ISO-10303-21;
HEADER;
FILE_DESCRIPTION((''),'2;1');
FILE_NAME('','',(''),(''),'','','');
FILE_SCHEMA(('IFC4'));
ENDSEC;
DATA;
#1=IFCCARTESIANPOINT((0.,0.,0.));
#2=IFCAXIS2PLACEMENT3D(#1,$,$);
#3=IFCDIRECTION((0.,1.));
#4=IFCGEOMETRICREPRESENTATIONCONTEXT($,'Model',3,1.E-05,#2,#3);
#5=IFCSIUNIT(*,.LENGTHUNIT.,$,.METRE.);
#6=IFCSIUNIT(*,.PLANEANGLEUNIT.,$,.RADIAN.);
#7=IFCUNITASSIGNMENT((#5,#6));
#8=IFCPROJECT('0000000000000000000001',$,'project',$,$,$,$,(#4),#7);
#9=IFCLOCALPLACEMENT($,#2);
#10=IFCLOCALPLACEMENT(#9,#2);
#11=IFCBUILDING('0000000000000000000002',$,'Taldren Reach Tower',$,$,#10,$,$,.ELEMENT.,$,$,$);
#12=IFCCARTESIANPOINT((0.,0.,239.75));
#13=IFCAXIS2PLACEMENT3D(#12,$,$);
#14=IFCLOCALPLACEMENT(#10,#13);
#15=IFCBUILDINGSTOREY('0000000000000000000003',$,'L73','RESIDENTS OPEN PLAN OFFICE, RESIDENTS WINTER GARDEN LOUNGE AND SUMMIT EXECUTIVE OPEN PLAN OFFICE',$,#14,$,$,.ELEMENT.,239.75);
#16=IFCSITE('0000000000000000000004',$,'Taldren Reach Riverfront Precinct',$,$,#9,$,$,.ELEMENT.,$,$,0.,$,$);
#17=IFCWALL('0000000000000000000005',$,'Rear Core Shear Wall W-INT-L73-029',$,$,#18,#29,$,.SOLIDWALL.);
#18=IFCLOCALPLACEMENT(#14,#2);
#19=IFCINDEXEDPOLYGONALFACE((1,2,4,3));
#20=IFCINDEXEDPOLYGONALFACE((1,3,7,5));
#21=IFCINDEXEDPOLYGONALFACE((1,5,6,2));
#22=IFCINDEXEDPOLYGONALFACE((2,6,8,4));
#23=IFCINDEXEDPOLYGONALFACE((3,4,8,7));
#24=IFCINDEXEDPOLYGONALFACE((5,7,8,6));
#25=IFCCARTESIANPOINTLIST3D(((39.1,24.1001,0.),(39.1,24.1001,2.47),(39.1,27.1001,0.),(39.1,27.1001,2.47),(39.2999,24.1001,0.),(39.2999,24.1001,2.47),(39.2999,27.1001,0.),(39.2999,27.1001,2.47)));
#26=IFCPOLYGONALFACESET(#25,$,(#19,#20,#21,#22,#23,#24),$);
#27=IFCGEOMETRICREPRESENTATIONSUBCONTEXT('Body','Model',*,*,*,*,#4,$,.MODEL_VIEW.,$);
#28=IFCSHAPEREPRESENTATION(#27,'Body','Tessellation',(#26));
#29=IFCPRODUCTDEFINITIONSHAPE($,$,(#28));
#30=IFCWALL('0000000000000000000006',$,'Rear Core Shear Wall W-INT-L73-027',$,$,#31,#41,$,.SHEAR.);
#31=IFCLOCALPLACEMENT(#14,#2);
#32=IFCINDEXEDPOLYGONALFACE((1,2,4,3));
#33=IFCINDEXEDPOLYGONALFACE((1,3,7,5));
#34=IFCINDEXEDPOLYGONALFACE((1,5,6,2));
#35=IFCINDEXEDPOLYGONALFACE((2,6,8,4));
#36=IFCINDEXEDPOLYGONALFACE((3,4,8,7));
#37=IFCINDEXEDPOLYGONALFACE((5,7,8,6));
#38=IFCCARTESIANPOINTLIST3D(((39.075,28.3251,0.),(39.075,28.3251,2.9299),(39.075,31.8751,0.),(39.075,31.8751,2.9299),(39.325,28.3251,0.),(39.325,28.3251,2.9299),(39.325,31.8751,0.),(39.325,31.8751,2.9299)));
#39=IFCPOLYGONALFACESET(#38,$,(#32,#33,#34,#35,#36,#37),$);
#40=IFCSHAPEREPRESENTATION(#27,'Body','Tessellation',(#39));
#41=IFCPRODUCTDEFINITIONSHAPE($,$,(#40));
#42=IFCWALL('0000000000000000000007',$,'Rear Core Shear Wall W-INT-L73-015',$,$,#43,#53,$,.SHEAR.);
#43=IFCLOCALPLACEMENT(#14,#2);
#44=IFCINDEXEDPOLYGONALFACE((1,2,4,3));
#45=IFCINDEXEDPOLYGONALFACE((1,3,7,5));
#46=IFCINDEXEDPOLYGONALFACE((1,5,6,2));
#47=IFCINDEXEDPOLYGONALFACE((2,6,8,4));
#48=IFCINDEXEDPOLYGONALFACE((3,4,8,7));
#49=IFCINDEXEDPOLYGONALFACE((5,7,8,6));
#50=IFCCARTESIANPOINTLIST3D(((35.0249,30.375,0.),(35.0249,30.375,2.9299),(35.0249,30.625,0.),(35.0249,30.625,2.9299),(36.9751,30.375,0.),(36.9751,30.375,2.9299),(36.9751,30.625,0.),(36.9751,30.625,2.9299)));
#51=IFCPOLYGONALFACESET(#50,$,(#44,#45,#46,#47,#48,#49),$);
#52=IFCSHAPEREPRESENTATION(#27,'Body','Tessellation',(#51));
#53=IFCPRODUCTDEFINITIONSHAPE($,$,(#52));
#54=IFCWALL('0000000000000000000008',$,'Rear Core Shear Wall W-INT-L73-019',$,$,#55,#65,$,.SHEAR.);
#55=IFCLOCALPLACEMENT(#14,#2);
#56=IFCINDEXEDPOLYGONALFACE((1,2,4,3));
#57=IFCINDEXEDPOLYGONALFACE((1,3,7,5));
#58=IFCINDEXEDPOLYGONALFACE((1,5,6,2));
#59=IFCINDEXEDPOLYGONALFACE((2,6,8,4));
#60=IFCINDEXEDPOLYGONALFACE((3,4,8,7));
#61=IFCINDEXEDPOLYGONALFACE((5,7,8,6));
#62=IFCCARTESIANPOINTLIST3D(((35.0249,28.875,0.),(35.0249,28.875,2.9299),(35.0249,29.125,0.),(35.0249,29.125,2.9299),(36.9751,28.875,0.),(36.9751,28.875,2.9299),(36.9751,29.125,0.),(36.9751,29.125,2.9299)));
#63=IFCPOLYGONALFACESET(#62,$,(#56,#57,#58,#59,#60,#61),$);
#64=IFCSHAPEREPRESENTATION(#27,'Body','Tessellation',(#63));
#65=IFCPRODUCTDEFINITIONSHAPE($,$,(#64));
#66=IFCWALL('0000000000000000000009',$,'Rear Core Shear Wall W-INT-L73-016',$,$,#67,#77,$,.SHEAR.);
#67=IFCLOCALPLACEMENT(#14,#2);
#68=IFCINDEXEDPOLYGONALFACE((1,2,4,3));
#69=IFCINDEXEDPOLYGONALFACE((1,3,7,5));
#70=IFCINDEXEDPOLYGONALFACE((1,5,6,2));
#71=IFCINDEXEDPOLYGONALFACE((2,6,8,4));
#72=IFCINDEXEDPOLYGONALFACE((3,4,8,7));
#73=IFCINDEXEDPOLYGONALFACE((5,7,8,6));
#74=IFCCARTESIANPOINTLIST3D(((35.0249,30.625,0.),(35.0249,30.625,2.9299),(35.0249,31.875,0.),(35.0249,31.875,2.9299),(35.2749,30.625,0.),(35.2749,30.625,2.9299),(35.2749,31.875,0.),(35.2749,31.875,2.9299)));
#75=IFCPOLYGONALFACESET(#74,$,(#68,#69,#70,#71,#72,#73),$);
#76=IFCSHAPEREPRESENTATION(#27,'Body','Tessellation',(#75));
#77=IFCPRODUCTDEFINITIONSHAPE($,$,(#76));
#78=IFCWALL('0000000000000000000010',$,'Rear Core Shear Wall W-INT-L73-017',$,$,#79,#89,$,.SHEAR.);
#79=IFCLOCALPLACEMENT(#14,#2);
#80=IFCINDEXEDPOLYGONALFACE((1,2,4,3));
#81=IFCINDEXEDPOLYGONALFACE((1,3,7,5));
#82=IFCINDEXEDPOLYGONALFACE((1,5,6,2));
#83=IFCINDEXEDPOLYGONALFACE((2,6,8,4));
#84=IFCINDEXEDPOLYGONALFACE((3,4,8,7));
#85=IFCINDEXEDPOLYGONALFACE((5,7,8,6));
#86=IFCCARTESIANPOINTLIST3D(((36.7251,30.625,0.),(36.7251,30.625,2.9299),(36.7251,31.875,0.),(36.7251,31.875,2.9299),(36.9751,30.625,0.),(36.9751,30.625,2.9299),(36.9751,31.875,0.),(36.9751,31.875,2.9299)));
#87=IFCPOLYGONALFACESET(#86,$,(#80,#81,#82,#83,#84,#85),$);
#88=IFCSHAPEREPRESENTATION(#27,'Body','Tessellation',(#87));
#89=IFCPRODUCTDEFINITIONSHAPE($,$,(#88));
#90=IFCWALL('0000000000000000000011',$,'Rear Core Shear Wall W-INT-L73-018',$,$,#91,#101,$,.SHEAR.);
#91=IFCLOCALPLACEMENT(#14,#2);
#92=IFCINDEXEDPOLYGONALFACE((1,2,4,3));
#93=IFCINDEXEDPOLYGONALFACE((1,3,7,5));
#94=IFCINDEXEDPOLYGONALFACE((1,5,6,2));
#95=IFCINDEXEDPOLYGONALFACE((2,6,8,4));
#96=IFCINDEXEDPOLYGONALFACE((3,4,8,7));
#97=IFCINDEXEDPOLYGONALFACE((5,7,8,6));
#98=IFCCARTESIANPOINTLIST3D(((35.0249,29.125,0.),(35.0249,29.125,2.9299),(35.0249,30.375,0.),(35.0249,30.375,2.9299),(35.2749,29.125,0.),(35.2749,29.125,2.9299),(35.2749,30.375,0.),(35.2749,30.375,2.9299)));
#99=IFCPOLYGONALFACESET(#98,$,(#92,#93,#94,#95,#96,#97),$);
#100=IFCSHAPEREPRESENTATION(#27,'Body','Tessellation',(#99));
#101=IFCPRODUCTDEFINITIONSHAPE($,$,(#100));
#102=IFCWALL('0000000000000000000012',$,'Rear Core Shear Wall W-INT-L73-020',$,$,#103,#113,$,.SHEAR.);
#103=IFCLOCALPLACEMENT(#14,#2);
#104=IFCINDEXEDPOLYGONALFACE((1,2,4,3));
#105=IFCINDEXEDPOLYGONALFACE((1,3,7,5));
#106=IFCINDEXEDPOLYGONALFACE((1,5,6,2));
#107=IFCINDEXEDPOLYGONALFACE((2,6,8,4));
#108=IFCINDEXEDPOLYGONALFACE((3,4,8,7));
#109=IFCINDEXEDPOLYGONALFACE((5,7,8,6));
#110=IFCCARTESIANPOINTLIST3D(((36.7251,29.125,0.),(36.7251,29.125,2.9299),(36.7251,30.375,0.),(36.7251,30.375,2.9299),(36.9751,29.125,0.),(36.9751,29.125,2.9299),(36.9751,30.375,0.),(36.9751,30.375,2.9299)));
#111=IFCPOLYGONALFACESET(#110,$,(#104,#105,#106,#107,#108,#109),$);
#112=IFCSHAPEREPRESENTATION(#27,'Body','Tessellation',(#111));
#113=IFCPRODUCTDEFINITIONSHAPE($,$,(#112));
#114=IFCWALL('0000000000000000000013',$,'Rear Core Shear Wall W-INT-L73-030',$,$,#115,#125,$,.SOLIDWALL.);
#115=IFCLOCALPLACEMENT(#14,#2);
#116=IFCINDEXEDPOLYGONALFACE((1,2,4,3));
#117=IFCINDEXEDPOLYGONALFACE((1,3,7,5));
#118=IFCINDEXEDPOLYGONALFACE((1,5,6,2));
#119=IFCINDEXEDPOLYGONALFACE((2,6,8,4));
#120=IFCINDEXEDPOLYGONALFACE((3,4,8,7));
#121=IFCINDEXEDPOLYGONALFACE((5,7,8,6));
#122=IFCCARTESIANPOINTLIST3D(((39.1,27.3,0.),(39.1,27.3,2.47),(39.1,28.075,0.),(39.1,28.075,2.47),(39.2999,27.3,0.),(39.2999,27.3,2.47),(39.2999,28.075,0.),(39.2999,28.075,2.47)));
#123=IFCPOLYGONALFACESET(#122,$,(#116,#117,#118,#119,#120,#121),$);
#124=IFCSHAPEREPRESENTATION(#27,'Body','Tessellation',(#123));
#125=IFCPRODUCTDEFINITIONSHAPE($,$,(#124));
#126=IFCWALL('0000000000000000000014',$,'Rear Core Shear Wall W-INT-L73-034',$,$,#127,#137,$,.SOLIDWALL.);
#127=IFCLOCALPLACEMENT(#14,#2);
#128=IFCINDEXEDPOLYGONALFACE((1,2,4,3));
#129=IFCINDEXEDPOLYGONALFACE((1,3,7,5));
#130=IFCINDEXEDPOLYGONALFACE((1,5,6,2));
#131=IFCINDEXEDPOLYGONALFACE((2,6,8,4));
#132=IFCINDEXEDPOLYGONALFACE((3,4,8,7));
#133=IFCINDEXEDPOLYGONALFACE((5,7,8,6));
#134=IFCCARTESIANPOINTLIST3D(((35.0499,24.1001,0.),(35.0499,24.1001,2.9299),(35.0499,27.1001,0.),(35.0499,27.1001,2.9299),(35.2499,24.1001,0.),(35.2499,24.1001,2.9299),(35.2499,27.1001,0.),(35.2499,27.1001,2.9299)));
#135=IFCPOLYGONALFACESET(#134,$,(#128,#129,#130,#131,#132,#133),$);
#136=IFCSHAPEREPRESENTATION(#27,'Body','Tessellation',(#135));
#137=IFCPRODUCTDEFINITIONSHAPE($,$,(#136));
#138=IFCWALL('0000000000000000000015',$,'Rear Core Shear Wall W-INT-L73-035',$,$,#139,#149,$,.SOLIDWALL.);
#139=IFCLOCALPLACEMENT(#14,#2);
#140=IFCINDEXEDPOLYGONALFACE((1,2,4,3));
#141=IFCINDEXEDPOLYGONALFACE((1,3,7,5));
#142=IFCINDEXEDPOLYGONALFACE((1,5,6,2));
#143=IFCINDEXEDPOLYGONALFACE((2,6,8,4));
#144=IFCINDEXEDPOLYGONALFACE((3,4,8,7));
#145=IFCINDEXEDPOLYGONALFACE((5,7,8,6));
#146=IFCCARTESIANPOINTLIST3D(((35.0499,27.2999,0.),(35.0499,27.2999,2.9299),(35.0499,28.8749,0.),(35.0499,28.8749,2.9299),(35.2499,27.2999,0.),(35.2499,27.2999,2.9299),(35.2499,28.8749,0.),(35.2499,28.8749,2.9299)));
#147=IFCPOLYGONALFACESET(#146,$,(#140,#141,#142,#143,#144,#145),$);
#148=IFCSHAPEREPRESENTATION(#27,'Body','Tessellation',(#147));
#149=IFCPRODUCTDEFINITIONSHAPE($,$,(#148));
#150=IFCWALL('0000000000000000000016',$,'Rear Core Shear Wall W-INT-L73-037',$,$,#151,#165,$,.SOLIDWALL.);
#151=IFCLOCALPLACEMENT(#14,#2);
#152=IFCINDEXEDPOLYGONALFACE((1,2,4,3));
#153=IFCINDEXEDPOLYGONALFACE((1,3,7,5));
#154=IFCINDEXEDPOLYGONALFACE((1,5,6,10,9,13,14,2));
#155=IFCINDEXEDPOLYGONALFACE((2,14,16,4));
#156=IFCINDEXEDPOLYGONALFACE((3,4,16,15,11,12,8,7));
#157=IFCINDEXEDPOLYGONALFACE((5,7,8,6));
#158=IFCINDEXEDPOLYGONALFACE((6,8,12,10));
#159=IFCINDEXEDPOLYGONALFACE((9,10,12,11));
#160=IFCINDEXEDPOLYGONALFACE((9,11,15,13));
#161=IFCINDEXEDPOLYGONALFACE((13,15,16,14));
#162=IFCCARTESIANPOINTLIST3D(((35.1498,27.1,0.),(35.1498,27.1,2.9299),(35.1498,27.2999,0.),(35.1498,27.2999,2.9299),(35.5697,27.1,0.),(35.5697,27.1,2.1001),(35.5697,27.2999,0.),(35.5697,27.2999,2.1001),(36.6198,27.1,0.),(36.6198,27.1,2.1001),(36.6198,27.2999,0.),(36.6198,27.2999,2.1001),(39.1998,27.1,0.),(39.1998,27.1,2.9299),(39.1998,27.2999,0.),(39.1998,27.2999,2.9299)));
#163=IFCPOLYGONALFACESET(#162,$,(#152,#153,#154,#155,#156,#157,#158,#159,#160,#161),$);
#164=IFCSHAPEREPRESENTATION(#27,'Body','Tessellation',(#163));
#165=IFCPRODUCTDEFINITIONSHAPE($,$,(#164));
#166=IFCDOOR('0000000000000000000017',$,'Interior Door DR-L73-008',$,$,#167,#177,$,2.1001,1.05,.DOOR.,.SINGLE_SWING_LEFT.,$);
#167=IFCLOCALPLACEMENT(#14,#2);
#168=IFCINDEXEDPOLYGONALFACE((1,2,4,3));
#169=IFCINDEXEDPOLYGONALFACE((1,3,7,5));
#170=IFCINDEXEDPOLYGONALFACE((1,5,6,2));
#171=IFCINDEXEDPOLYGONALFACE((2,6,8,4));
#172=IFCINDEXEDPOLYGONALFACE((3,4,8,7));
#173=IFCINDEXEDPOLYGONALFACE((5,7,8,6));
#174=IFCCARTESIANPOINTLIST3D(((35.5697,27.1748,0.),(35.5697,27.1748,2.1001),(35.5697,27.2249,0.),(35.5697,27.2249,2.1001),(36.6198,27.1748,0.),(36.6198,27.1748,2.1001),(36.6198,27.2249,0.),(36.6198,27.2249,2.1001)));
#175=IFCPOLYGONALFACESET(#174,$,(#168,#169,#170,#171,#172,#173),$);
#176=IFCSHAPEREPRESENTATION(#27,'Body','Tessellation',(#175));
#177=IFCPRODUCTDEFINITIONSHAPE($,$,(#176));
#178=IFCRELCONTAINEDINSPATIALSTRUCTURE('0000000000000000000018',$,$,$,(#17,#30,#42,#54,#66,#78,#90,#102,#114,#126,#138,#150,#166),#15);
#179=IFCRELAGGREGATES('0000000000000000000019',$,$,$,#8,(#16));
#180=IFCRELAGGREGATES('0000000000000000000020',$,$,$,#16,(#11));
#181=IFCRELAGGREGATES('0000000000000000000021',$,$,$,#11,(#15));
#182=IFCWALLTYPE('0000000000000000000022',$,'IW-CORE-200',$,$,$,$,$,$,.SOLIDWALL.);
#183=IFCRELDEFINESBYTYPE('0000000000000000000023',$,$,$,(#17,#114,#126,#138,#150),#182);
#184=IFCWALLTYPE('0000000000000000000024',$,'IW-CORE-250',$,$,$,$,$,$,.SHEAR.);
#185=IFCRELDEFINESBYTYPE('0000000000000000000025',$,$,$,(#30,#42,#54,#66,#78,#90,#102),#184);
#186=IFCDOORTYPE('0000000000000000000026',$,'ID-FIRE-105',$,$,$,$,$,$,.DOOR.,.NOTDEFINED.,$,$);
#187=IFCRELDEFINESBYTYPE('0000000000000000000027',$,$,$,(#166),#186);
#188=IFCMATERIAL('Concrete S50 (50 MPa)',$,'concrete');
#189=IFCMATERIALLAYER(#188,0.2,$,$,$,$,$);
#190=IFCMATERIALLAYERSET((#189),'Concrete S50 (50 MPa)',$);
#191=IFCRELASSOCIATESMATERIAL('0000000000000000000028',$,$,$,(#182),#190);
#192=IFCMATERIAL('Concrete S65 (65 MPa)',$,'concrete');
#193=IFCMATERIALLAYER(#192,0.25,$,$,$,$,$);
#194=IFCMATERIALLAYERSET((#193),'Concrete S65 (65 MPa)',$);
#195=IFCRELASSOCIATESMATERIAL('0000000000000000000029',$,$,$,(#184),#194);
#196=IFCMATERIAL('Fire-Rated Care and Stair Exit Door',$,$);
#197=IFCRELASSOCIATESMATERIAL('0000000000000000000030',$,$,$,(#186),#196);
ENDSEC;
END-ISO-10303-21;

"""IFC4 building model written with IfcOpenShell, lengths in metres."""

from ifc_helpers import new_model, si_unit, direction, frame, frame_2d, origin, place, context, subcontext, project, spatial, rectangle, extrude, source, transform, mapped, material, layer, layer_set, type_object, element, fill, save


model = new_model("IFC4")

# Units and contexts
model_context = context("Model", 3, precision=1e-05, world=origin(), true_north=direction((0.0, 1.0)))
body_context = subcontext(model_context, "Body", "Model", "MODEL_VIEW")
ifc_project = project(units=[si_unit("LENGTHUNIT", "METRE"), si_unit("PLANEANGLEUNIT", "RADIAN")], contexts=[model_context])

# Site, building, storey
site_placement = place(None, origin())
site = spatial("IfcSite", under=ifc_project, at=site_placement, Name="Taldren Reach Riverfront Precinct", CompositionType="ELEMENT", RefElevation=0.0)
building_placement = place(site_placement, origin())
building = spatial("IfcBuilding", under=site, at=building_placement, Name="Taldren Reach Tower", CompositionType="ELEMENT")
storey_placement = place(building_placement, frame((0.0, 0.0, 239.75)))
storey = spatial("IfcBuildingStorey", under=building, at=storey_placement, Name="L73", Description="RESIDENTS OPEN PLAN OFFICE, RESIDENTS WINTER GARDEN LOUNGE AND SUMMIT EXECUTIVE OPEN PLAN OFFICE", CompositionType="ELEMENT", Elevation=239.75)

# Walls
ifc_material_1 = material(Name="Concrete S50 (50 MPa)", Category="concrete")
ifc_layer_1 = layer(ifc_material_1, 0.2)
ifc_layer_set_1 = layer_set([ifc_layer_1], Name="Concrete S50 (50 MPa)")
wall_type_1 = type_object("IfcWallType", Name="IW-CORE-200", PredefinedType="SOLIDWALL", material=ifc_layer_set_1)
shared_shape_1 = source(origin(), body_context, "Body", "SweptSolid", [
    extrude(rectangle(XDim=3.0, YDim=0.2, at=frame_2d((1.5, 0.0))), origin(), (0.0, 0.0, 1.0), 2.47),
])
wall_1_placement = place(storey_placement, frame((39.2, 24.1001, 0.0), z_axis=(0.0, 0.0, 1.0), x_axis=(0.0, 1.0, 0.0)))
element("IfcWall", 1, at=wall_1_placement, inside=storey, type_object=wall_type_1, Name="Rear Core Shear Wall W-INT-L73-029", PredefinedType="SOLIDWALL", context=body_context, shape_type="MappedRepresentation", body=[
    mapped(shared_shape_1, transform((0.0, 0.0, 0.0), scale=1.0)),
])
ifc_material_2 = material(Name="Concrete S65 (65 MPa)", Category="concrete")
ifc_layer_2 = layer(ifc_material_2, 0.25)
ifc_layer_set_2 = layer_set([ifc_layer_2], Name="Concrete S65 (65 MPa)")
wall_type_2 = type_object("IfcWallType", Name="IW-CORE-250", PredefinedType="SHEAR", material=ifc_layer_set_2)
shared_shape_2 = source(origin(), body_context, "Body", "SweptSolid", [
    extrude(rectangle(XDim=3.55, YDim=0.25, at=frame_2d((1.7749, 0.0))), origin(), (0.0, 0.0, 1.0), 2.9299),
])
wall_2_placement = place(storey_placement, frame((39.2, 31.875, 0.0), z_axis=(0.0, 0.0, 1.0), x_axis=(0.0, -1.0, 0.0)))
element("IfcWall", 2, at=wall_2_placement, inside=storey, type_object=wall_type_2, Name="Rear Core Shear Wall W-INT-L73-027", PredefinedType="SHEAR", context=body_context, shape_type="MappedRepresentation", body=[
    mapped(shared_shape_2, transform((0.0, 0.0, 0.0), scale=1.0)),
])
shared_shape_3 = source(origin(), body_context, "Body", "SweptSolid", [
    extrude(rectangle(XDim=1.9502, YDim=0.25, at=frame_2d((0.9751, 0.0))), origin(), (0.0, 0.0, 1.0), 2.9299),
])
for number, where, z_axis, x_axis, name in (
    (3, (35.0249, 30.5, 0.0), (0.0, 0.0, 1.0), (1.0, 0.0, 0.0), "Rear Core Shear Wall W-INT-L73-015"),
    (4, (35.0249, 29.0, 0.0), (0.0, 0.0, 1.0), (1.0, 0.0, 0.0), "Rear Core Shear Wall W-INT-L73-019"),
):
    element("IfcWall", number, at=place(storey_placement, frame(where, z_axis=z_axis, x_axis=x_axis)), inside=storey, type_object=wall_type_2, Name=name, PredefinedType="SHEAR", context=body_context, shape_type="MappedRepresentation", body=[
        mapped(shared_shape_3, transform((0.0, 0.0, 0.0), scale=1.0)),
    ])
shared_shape_4 = source(origin(), body_context, "Body", "SweptSolid", [
    extrude(rectangle(XDim=1.25, YDim=0.25, at=frame_2d((0.625, 0.0))), origin(), (0.0, 0.0, 1.0), 2.9299),
])
for number, where, z_axis, x_axis, name in (
    (5, (35.1499, 31.875, 0.0), (0.0, 0.0, 1.0), (0.0, -1.0, 0.0), "Rear Core Shear Wall W-INT-L73-016"),
    (6, (36.8501, 30.625, 0.0), (0.0, 0.0, 1.0), (0.0, 1.0, 0.0), "Rear Core Shear Wall W-INT-L73-017"),
    (7, (35.1499, 30.375, 0.0), (0.0, 0.0, 1.0), (0.0, -1.0, 0.0), "Rear Core Shear Wall W-INT-L73-018"),
    (8, (36.8501, 29.125, 0.0), (0.0, 0.0, 1.0), (0.0, 1.0, 0.0), "Rear Core Shear Wall W-INT-L73-020"),
):
    element("IfcWall", number, at=place(storey_placement, frame(where, z_axis=z_axis, x_axis=x_axis)), inside=storey, type_object=wall_type_2, Name=name, PredefinedType="SHEAR", context=body_context, shape_type="MappedRepresentation", body=[
        mapped(shared_shape_4, transform((0.0, 0.0, 0.0), scale=1.0)),
    ])

# Walls
shared_shape_5 = source(origin(), body_context, "Body", "SweptSolid", [
    extrude(rectangle(XDim=0.7749, YDim=0.2, at=frame_2d((0.3875, 0.0))), origin(), (0.0, 0.0, 1.0), 2.47),
])
wall_3_placement = place(storey_placement, frame((39.2, 27.3, 0.0), z_axis=(0.0, 0.0, 1.0), x_axis=(0.0, 1.0, 0.0)))
element("IfcWall", 9, at=wall_3_placement, inside=storey, type_object=wall_type_1, Name="Rear Core Shear Wall W-INT-L73-030", PredefinedType="SOLIDWALL", context=body_context, shape_type="MappedRepresentation", body=[
    mapped(shared_shape_5, transform((0.0, 0.0, 0.0), scale=1.0)),
])
shared_shape_6 = source(origin(), body_context, "Body", "SweptSolid", [
    extrude(rectangle(XDim=3.0, YDim=0.2, at=frame_2d((1.5, 0.0))), origin(), (0.0, 0.0, 1.0), 2.9299),
])
wall_4_placement = place(storey_placement, frame((35.1499, 27.1001, 0.0), z_axis=(0.0, 0.0, 1.0), x_axis=(0.0, -1.0, 0.0)))
element("IfcWall", 10, at=wall_4_placement, inside=storey, type_object=wall_type_1, Name="Rear Core Shear Wall W-INT-L73-034", PredefinedType="SOLIDWALL", context=body_context, shape_type="MappedRepresentation", body=[
    mapped(shared_shape_6, transform((0.0, 0.0, 0.0), scale=1.0)),
])
shared_shape_7 = source(origin(), body_context, "Body", "SweptSolid", [
    extrude(rectangle(XDim=1.575, YDim=0.2, at=frame_2d((0.7876, 0.0))), origin(), (0.0, 0.0, 1.0), 2.9299),
])
wall_5_placement = place(storey_placement, frame((35.1499, 28.875, 0.0), z_axis=(0.0, 0.0, 1.0), x_axis=(0.0, -1.0, 0.0)))
element("IfcWall", 11, at=wall_5_placement, inside=storey, type_object=wall_type_1, Name="Rear Core Shear Wall W-INT-L73-035", PredefinedType="SOLIDWALL", context=body_context, shape_type="MappedRepresentation", body=[
    mapped(shared_shape_7, transform((0.0, 0.0, 0.0), scale=1.0)),
])

# Wall, opening, door
shared_shape_8 = source(origin(), body_context, "Body", "SweptSolid", [
    extrude(rectangle(XDim=4.05, YDim=0.2, at=frame_2d((2.0249, 0.0))), origin(), (0.0, 0.0, 1.0), 2.9299),
])
wall_6_placement = place(storey_placement, frame((35.1499, 27.2, 0.0), z_axis=(0.0, 0.0, 1.0), x_axis=(1.0, 0.0, 0.0)))
wall_6 = element("IfcWall", 12, at=wall_6_placement, inside=storey, type_object=wall_type_1, Name="Rear Core Shear Wall W-INT-L73-037", PredefinedType="SOLIDWALL", context=body_context, shape_type="MappedRepresentation", body=[
    mapped(shared_shape_8, transform((0.0, 0.0, 0.0), scale=1.0)),
])
shared_shape_9 = source(origin(), body_context, "Body", "SweptSolid", [
    extrude(rectangle(XDim=1.05, YDim=2.1001, at=frame_2d((0.5249, 1.05))), frame((0.0, 0.1099, 0.0), z_axis=(0.0, -1.0, 0.0), x_axis=(1.0, 0.0, 0.0)), (0.0, 0.0, 1.0), 0.22),
])
opening_1_placement = place(wall_6_placement, frame((0.4199, 0.0, 0.0)))
opening_1 = element("IfcOpeningElement", 13, at=opening_1_placement, cuts=wall_6, PredefinedType="OPENING", context=body_context, shape_type="MappedRepresentation", body=[
    mapped(shared_shape_9, transform((0.0, 0.0, 0.0), scale=1.0)),
])
ifc_material_3 = material(Name="Fire-Rated Care and Stair Exit Door")
door_type_1 = type_object("IfcDoorType", Name="ID-FIRE-105", OperationType="NOTDEFINED", PredefinedType="DOOR", material=ifc_material_3)
shared_shape_10 = source(origin(), body_context, "Body", "SweptSolid", [
    extrude(rectangle(XDim=1.05, YDim=2.1001, at=frame_2d((0.5249, 1.05))), frame((0.0, 0.0249, 0.0), z_axis=(0.0, -1.0, 0.0), x_axis=(1.0, 0.0, 0.0)), (0.0, 0.0, 1.0), 0.05),
])
door_1_placement = place(opening_1_placement, origin())
door_1 = element("IfcDoor", 14, at=door_1_placement, inside=storey, type_object=door_type_1, Name="Interior Door DR-L73-008", OperationType="SINGLE_SWING_LEFT", OverallHeight=2.1001, OverallWidth=1.05, PredefinedType="DOOR", context=body_context, shape_type="MappedRepresentation", body=[
    mapped(shared_shape_10, transform((0.0, 0.0, 0.0), scale=1.0)),
])
fill(opening_1, door_1)

save(model, "model.ifc")
